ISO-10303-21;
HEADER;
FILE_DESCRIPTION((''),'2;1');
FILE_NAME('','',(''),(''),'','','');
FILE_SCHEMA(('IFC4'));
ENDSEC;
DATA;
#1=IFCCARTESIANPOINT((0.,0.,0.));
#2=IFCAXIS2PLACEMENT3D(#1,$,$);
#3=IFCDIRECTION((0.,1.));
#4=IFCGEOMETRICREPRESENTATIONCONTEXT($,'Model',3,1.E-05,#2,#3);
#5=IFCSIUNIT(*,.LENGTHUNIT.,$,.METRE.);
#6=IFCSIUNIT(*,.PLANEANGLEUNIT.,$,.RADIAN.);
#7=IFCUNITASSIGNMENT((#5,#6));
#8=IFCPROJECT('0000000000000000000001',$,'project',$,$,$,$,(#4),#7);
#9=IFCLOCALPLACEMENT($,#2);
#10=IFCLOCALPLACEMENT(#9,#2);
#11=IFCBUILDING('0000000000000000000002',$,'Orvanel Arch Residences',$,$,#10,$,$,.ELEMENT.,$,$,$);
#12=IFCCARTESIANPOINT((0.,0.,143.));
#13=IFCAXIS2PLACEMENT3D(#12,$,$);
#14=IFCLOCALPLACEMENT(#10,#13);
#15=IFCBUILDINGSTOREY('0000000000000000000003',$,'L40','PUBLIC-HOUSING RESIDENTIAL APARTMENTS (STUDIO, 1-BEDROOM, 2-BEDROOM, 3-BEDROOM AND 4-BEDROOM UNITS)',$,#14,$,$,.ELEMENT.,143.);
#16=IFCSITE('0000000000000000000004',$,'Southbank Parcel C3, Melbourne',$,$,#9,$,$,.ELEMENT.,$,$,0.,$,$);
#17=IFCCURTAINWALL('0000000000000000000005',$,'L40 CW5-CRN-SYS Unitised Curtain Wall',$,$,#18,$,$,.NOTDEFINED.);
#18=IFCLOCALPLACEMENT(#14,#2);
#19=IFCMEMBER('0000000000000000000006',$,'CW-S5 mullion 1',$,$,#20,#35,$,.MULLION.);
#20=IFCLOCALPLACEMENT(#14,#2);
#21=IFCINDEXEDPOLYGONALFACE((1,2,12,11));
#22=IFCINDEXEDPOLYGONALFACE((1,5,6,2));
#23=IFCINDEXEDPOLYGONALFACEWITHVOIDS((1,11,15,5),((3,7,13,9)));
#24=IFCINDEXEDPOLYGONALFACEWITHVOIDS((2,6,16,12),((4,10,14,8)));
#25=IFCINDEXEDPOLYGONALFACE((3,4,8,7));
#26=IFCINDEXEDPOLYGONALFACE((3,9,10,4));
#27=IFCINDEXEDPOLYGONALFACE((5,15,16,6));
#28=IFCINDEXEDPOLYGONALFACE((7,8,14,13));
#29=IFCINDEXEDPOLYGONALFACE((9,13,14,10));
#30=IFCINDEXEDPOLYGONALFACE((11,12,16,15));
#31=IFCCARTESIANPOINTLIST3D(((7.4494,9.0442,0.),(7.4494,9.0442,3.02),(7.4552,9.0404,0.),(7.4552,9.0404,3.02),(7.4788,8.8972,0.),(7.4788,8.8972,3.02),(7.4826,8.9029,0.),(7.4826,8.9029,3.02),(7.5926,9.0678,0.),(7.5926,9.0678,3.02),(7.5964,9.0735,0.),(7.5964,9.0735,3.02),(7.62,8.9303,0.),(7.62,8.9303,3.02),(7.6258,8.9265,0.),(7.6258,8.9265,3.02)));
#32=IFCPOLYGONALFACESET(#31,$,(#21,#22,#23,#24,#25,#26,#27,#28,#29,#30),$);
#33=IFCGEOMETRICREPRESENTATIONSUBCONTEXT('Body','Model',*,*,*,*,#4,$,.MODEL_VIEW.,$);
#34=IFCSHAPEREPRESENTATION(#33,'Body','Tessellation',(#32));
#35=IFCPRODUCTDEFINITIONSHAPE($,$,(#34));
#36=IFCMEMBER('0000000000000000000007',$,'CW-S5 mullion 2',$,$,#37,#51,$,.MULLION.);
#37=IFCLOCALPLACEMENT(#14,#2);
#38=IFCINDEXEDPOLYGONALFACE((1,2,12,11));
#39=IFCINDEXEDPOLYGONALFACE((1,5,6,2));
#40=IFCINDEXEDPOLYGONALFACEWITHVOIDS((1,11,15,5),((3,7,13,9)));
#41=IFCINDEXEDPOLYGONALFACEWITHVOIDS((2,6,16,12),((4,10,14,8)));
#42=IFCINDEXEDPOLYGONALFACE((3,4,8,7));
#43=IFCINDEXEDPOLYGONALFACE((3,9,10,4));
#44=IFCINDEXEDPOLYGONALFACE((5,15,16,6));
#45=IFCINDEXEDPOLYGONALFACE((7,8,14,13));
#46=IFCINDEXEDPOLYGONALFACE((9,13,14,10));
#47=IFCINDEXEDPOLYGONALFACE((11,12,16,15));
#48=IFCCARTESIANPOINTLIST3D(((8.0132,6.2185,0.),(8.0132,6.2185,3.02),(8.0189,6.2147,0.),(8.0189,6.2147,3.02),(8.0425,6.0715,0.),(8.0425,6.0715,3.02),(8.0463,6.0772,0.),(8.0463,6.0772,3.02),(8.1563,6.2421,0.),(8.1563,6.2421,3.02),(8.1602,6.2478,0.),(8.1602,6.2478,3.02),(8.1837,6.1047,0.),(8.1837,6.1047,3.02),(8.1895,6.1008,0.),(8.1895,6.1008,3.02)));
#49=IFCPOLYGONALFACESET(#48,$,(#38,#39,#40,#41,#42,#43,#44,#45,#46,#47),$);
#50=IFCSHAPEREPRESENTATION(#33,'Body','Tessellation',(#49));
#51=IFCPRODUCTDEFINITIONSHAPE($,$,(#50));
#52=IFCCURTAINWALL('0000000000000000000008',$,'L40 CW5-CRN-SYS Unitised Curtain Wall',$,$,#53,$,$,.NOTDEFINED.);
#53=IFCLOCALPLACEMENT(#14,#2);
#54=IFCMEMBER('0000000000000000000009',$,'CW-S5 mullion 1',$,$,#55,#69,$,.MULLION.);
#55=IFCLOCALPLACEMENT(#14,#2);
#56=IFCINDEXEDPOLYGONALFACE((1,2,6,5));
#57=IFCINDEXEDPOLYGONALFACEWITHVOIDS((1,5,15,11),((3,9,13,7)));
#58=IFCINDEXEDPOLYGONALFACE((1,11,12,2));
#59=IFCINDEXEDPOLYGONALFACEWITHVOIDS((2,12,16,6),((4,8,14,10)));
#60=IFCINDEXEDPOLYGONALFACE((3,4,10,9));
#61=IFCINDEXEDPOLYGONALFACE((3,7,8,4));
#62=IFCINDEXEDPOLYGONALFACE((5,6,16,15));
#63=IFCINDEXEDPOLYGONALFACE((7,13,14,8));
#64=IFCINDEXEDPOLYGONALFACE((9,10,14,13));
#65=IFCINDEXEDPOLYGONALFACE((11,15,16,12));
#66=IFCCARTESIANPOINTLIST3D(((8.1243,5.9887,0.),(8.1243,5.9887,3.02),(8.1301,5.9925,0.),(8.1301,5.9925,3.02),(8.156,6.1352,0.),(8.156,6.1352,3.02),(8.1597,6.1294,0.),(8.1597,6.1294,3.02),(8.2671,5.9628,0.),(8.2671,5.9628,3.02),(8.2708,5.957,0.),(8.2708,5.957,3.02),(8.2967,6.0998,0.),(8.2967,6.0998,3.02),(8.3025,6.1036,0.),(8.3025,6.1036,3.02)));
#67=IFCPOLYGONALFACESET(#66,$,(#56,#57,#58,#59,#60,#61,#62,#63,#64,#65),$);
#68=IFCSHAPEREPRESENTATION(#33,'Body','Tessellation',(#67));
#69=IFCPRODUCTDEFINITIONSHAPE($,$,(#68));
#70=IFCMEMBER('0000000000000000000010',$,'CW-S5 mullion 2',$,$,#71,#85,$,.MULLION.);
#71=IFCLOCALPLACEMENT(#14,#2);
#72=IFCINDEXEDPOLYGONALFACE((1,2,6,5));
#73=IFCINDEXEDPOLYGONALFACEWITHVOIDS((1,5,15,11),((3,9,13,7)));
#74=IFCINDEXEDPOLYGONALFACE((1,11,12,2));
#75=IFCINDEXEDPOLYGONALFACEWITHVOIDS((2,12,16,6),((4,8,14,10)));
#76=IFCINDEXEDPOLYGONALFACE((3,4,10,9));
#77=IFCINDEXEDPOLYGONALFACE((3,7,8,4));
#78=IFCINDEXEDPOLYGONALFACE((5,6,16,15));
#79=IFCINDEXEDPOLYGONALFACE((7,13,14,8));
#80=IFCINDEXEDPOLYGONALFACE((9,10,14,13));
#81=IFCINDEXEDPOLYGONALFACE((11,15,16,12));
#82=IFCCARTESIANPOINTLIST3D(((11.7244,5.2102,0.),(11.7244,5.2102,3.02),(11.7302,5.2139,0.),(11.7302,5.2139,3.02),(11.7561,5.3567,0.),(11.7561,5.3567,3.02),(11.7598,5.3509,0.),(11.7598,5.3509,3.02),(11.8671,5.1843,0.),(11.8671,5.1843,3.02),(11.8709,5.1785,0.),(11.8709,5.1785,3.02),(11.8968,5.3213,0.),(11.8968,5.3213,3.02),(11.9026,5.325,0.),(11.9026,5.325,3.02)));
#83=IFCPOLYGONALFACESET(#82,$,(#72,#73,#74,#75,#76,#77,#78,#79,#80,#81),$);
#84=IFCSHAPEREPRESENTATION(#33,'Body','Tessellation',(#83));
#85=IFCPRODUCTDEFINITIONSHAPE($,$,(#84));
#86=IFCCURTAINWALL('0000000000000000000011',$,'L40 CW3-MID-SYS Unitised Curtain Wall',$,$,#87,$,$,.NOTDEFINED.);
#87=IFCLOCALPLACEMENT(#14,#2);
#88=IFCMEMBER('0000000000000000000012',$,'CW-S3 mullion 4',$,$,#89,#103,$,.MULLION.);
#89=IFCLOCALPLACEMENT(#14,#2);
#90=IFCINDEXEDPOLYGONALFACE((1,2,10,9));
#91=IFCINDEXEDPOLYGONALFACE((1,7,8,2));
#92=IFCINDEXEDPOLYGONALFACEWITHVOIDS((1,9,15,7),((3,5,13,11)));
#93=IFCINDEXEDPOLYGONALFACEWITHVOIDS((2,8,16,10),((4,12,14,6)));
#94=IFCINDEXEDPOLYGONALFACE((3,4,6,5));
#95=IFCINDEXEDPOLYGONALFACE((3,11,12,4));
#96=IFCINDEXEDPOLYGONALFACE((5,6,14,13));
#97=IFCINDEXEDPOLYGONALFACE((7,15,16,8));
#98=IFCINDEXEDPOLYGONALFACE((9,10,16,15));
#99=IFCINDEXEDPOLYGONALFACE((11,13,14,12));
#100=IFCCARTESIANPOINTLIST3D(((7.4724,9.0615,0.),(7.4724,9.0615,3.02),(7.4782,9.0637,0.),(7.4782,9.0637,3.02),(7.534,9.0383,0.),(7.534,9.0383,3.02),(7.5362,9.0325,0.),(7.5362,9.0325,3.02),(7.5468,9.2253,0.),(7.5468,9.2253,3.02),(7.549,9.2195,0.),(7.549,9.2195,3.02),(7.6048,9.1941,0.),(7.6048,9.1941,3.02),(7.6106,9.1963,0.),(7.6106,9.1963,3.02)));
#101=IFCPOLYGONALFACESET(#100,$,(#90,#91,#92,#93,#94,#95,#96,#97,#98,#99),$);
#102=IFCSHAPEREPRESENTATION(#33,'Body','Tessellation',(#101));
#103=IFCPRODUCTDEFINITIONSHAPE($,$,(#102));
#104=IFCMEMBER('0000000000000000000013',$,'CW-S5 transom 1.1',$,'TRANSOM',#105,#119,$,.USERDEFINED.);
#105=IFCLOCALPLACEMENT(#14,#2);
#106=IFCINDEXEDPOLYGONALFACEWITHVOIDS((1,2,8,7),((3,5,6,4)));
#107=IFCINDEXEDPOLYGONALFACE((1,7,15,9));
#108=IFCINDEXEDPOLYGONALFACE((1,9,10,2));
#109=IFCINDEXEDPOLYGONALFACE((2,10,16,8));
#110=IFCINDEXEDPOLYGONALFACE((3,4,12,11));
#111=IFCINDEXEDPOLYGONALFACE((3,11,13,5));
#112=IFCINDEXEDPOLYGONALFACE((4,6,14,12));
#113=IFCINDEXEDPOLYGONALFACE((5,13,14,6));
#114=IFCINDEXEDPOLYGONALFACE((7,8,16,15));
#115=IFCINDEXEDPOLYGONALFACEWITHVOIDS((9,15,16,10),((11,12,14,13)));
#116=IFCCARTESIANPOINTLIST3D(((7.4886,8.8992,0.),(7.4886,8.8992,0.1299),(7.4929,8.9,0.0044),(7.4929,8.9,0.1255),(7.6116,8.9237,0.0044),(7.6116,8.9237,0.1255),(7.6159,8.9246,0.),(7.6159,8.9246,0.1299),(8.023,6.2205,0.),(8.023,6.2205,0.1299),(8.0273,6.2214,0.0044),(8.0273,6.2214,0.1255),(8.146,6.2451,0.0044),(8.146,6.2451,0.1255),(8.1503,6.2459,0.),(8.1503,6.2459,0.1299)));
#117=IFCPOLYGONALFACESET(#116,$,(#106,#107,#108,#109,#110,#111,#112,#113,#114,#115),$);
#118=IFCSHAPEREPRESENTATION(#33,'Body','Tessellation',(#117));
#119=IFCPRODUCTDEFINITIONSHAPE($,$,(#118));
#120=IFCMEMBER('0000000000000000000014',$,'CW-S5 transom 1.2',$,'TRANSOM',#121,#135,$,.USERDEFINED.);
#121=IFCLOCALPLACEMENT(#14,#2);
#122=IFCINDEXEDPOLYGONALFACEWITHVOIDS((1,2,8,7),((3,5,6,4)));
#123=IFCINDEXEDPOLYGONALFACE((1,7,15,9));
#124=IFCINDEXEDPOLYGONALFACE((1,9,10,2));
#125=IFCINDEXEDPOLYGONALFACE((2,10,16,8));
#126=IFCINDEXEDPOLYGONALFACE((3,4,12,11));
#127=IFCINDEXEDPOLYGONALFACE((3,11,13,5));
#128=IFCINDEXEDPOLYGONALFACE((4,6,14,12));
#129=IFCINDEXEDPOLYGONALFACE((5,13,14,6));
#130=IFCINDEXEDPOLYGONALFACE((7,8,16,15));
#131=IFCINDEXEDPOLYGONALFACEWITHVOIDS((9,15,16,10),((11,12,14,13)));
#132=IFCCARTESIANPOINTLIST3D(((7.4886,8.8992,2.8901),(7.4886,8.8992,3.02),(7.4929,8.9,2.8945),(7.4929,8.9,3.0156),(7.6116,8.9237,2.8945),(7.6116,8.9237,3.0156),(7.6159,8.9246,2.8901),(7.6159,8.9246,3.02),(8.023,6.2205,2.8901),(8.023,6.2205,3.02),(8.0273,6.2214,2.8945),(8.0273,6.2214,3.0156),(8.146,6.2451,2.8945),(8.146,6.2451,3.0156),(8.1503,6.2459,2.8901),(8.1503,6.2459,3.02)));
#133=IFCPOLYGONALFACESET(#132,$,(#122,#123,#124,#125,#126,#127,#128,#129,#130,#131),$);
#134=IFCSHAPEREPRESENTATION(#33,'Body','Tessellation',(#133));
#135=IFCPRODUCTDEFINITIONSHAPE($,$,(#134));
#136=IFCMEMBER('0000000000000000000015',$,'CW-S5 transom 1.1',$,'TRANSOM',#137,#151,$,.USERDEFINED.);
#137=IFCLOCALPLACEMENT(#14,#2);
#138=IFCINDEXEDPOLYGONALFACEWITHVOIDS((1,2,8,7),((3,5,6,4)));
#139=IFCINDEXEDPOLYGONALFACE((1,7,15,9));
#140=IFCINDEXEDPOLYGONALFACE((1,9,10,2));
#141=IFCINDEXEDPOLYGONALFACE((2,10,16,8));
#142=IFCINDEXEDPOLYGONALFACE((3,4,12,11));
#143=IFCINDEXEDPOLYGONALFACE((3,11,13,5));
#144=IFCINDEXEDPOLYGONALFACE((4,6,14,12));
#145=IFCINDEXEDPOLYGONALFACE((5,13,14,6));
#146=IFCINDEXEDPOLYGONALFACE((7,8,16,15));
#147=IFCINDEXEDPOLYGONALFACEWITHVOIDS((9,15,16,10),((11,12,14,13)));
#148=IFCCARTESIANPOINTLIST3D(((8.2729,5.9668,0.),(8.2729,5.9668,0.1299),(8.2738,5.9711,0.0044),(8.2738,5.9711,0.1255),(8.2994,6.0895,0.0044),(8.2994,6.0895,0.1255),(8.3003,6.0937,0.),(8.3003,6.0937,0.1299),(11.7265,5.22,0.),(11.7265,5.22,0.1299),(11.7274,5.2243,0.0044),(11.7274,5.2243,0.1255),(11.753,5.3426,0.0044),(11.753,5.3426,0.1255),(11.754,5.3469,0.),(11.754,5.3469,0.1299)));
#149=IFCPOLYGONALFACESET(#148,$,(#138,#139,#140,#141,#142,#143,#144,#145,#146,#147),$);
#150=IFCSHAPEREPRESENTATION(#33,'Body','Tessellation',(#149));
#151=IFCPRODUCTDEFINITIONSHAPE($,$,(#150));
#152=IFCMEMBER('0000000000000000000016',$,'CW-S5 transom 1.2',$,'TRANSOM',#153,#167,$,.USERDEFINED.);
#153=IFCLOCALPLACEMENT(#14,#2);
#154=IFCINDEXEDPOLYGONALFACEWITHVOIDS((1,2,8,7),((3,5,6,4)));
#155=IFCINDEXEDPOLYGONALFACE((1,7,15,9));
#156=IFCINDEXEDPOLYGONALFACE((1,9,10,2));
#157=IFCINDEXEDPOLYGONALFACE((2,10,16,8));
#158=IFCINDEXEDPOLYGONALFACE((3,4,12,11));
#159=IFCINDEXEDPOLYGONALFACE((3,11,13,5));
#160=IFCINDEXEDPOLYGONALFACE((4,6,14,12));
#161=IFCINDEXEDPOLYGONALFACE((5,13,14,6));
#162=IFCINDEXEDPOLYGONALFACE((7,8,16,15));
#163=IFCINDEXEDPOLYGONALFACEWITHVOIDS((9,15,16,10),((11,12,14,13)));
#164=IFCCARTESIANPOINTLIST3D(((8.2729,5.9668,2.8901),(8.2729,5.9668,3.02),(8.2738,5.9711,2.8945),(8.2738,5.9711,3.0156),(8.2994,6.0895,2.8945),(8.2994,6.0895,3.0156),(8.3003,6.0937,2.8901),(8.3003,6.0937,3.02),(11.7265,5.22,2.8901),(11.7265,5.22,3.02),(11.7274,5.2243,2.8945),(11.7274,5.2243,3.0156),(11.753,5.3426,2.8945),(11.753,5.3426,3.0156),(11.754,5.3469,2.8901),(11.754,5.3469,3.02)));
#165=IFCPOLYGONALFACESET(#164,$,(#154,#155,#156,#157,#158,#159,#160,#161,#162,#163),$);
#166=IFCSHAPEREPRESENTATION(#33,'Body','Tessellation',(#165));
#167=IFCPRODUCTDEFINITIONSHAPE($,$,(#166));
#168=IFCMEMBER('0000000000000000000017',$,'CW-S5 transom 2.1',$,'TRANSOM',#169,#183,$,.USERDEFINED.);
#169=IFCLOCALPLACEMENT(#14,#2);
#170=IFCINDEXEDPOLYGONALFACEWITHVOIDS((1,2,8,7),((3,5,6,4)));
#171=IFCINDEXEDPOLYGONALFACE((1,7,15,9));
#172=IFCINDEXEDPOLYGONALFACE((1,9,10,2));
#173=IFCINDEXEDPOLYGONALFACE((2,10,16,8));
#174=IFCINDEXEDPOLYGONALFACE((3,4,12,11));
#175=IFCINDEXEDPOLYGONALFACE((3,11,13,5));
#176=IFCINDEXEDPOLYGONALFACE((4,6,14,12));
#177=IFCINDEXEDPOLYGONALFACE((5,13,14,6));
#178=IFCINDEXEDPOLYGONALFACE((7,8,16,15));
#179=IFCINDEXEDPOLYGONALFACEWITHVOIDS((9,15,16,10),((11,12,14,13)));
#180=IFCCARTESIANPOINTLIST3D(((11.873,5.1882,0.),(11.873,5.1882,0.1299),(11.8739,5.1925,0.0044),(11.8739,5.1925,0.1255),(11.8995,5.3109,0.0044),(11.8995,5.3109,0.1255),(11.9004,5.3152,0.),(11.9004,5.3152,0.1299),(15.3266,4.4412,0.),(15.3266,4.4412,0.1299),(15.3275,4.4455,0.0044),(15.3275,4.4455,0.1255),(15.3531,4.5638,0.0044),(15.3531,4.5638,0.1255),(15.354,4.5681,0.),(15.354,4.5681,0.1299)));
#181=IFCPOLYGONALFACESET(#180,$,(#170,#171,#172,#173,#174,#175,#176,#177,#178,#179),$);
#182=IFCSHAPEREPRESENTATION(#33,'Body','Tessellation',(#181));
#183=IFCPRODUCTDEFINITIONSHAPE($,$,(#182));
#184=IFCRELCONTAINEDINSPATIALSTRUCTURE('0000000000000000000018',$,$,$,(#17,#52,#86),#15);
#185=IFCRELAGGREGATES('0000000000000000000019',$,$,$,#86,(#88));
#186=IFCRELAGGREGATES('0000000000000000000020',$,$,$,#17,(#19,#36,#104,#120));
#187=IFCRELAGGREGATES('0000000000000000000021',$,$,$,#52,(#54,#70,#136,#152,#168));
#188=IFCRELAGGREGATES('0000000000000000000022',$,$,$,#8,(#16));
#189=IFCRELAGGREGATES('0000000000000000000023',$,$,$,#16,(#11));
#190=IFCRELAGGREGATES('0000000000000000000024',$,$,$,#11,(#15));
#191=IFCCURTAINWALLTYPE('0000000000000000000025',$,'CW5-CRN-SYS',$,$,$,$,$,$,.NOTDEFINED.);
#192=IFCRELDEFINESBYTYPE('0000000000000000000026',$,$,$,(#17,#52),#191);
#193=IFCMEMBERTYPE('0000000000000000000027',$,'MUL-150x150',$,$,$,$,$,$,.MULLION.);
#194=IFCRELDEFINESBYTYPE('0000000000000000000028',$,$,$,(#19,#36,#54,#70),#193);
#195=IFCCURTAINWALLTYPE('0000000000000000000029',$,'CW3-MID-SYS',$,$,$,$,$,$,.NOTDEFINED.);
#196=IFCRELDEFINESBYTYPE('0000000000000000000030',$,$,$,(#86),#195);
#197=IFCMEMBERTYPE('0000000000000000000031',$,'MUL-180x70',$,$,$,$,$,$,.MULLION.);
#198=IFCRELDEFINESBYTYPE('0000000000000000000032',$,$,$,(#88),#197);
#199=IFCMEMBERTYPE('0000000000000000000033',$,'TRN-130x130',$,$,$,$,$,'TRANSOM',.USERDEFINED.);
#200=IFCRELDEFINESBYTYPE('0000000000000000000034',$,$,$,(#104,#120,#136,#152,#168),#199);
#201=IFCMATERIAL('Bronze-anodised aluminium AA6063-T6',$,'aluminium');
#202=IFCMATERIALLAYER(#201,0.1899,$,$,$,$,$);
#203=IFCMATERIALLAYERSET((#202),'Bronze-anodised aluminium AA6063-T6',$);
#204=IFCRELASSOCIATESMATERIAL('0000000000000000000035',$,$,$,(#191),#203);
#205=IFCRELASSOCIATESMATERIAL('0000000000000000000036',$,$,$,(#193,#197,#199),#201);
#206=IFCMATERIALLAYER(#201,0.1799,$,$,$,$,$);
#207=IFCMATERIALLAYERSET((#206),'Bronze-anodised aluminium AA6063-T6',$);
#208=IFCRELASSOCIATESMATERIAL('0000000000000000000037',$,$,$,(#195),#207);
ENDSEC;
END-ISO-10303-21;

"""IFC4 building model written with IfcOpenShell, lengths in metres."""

from ifc_helpers import new_model, si_unit, direction, frame, origin, origin_2d, place, context, subcontext, project, spatial, hollow_rectangle, extrude, material, layer, layer_set, material_profile, profile_set, type_object, element, aggregate, save


model = new_model("IFC4")

# Units and contexts
model_context = context("Model", 3, precision=1e-05, world=origin(), true_north=direction((0.0, 1.0)))
body_context = subcontext(model_context, "Body", "Model", "MODEL_VIEW")
ifc_project = project(units=[si_unit("LENGTHUNIT", "METRE"), si_unit("PLANEANGLEUNIT", "RADIAN")], contexts=[model_context])

# Site, building, storey
site_placement = place(None, origin())
site = spatial("IfcSite", under=ifc_project, at=site_placement, Name="Southbank Parcel C3, Melbourne", CompositionType="ELEMENT", RefElevation=0.0)
building_placement = place(site_placement, origin())
building = spatial("IfcBuilding", under=site, at=building_placement, Name="Orvanel Arch Residences", CompositionType="ELEMENT")
storey_placement = place(building_placement, frame((0.0, 0.0, 143.0)))
storey = spatial("IfcBuildingStorey", under=building, at=storey_placement, Name="L40", Description="PUBLIC-HOUSING RESIDENTIAL APARTMENTS (STUDIO, 1-BEDROOM, 2-BEDROOM, 3-BEDROOM AND 4-BEDROOM UNITS)", CompositionType="ELEMENT", Elevation=143.0)

# Curtain walls, members
ifc_material_1 = material(Name="Bronze-anodised aluminium AA6063-T6", Category="aluminium")
ifc_layer_1 = layer(ifc_material_1, 0.1899)
ifc_layer_set_1 = layer_set([ifc_layer_1], Name="Bronze-anodised aluminium AA6063-T6")
curtain_wall_type_1 = type_object("IfcCurtainWallType", Name="CW5-CRN-SYS", PredefinedType="NOTDEFINED", material=ifc_layer_set_1)
curtain_wall_1_placement = place(storey_placement, origin())
curtain_wall_1 = element("IfcCurtainWall", 1, at=curtain_wall_1_placement, inside=storey, type_object=curtain_wall_type_1, Name="L40 CW5-CRN-SYS Unitised Curtain Wall", PredefinedType="NOTDEFINED")
ifc_material_profile_1 = material_profile(ifc_material_1, hollow_rectangle(XDim=0.1499, YDim=0.1499, WallThickness=0.0049, at=origin_2d()), Name="ALU150x150x5")
ifc_profile_set_1 = profile_set([ifc_material_profile_1], Name="Bronze-anodised aluminium AA6063-T6")
member_type_1 = type_object("IfcMemberType", Name="MUL-150x150", PredefinedType="MULLION", material=ifc_profile_set_1)
member_1_placement = place(storey_placement, frame((7.5376, 8.9854, 0.0), z_axis=(0.0, 0.0, 1.0), x_axis=(0.980682, 0.195609, 0.0)))
member_1 = element("IfcMember", 2, at=member_1_placement, type_object=member_type_1, Name="CW-S5 mullion 1", PredefinedType="MULLION", context=body_context, shape_type="SweptSolid", body=[
    extrude(hollow_rectangle(XDim=0.1499, YDim=0.1499, WallThickness=0.0049, at=origin_2d()), origin(), (0.0, 0.0, 1.0), 3.02),
])
member_2_placement = place(storey_placement, frame((8.1013, 6.1597, 0.0), z_axis=(0.0, 0.0, 1.0), x_axis=(0.980682, 0.195609, 0.0)))
member_2 = element("IfcMember", 3, at=member_2_placement, type_object=member_type_1, Name="CW-S5 mullion 2", PredefinedType="MULLION", context=body_context, shape_type="SweptSolid", body=[
    extrude(hollow_rectangle(XDim=0.1499, YDim=0.1499, WallThickness=0.0049, at=origin_2d()), origin(), (0.0, 0.0, 1.0), 3.02),
])
curtain_wall_2_placement = place(storey_placement, origin())
curtain_wall_2 = element("IfcCurtainWall", 4, at=curtain_wall_2_placement, inside=storey, type_object=curtain_wall_type_1, Name="L40 CW5-CRN-SYS Unitised Curtain Wall", PredefinedType="NOTDEFINED")
member_3_placement = place(storey_placement, frame((8.2134, 6.0461, 0.0), z_axis=(0.0, 0.0, 1.0), x_axis=(0.211391, 0.977402, 0.0)))
member_3 = element("IfcMember", 5, at=member_3_placement, type_object=member_type_1, Name="CW-S5 mullion 1", PredefinedType="MULLION", context=body_context, shape_type="SweptSolid", body=[
    extrude(hollow_rectangle(XDim=0.1499, YDim=0.1499, WallThickness=0.0049, at=origin_2d()), origin(), (0.0, 0.0, 1.0), 3.02),
])
member_4_placement = place(storey_placement, frame((11.8135, 5.2676, 0.0), z_axis=(0.0, 0.0, 1.0), x_axis=(0.211391, 0.977402, 0.0)))
member_4 = element("IfcMember", 6, at=member_4_placement, type_object=member_type_1, Name="CW-S5 mullion 2", PredefinedType="MULLION", context=body_context, shape_type="SweptSolid", body=[
    extrude(hollow_rectangle(XDim=0.1499, YDim=0.1499, WallThickness=0.0049, at=origin_2d()), origin(), (0.0, 0.0, 1.0), 3.02),
])

# Curtain wall, member
ifc_layer_2 = layer(ifc_material_1, 0.1799)
ifc_layer_set_2 = layer_set([ifc_layer_2], Name="Bronze-anodised aluminium AA6063-T6")
curtain_wall_type_2 = type_object("IfcCurtainWallType", Name="CW3-MID-SYS", PredefinedType="NOTDEFINED", material=ifc_layer_set_2)
curtain_wall_3_placement = place(storey_placement, origin())
curtain_wall_3 = element("IfcCurtainWall", 7, at=curtain_wall_3_placement, inside=storey, type_object=curtain_wall_type_2, Name="L40 CW3-MID-SYS Unitised Curtain Wall", PredefinedType="NOTDEFINED")
ifc_material_profile_2 = material_profile(ifc_material_1, hollow_rectangle(XDim=0.0701, YDim=0.1799, WallThickness=0.0044, at=origin_2d()), Name="ALU180x70x4.5")
ifc_profile_set_2 = profile_set([ifc_material_profile_2], Name="Bronze-anodised aluminium AA6063-T6")
member_type_2 = type_object("IfcMemberType", Name="MUL-180x70", PredefinedType="MULLION", material=ifc_profile_set_2)
member_5_placement = place(storey_placement, frame((7.5415, 9.1289, 0.0), z_axis=(0.0, 0.0, 1.0), x_axis=(0.910449, -0.413621, 0.0)))
member_5 = element("IfcMember", 8, at=member_5_placement, type_object=member_type_2, Name="CW-S3 mullion 4", PredefinedType="MULLION", context=body_context, shape_type="SweptSolid", body=[
    extrude(hollow_rectangle(XDim=0.0701, YDim=0.1799, WallThickness=0.0044, at=origin_2d()), origin(), (0.0, 0.0, 1.0), 3.02),
])
aggregate(curtain_wall_3, [member_5])

# Members
ifc_material_profile_3 = material_profile(ifc_material_1, hollow_rectangle(XDim=0.1299, YDim=0.1299, WallThickness=0.0044, at=origin_2d()), Name="ALU130x130x4.5")
ifc_profile_set_3 = profile_set([ifc_material_profile_3], Name="Bronze-anodised aluminium AA6063-T6")
member_type_3 = type_object("IfcMemberType", Name="TRN-130x130", ElementType="TRANSOM", PredefinedType="USERDEFINED", material=ifc_profile_set_3)
member_6_placement = place(storey_placement, frame((7.5522, 8.9119, 0.0649), z_axis=(0.195652, -0.980673, 0.0), x_axis=(0.980673, 0.195652, 0.0)))
member_6 = element("IfcMember", 9, at=member_6_placement, type_object=member_type_3, Name="CW-S5 transom 1.1", ObjectType="TRANSOM", PredefinedType="USERDEFINED", context=body_context, shape_type="SweptSolid", body=[
    extrude(hollow_rectangle(XDim=0.1299, YDim=0.1299, WallThickness=0.0044, at=origin_2d()), origin(), (0.0, 0.0, 1.0), 2.7314),
])
member_7_placement = place(storey_placement, frame((7.5522, 8.9119, 2.9551), z_axis=(0.195652, -0.980673, 0.0), x_axis=(0.980673, 0.195652, 0.0)))
member_7 = element("IfcMember", 10, at=member_7_placement, type_object=member_type_3, Name="CW-S5 transom 1.2", ObjectType="TRANSOM", PredefinedType="USERDEFINED", context=body_context, shape_type="SweptSolid", body=[
    extrude(hollow_rectangle(XDim=0.1299, YDim=0.1299, WallThickness=0.0044, at=origin_2d()), origin(), (0.0, 0.0, 1.0), 2.7314),
])
member_8_placement = place(storey_placement, frame((8.2866, 6.0303, 0.0649), z_axis=(0.977408, -0.21136, 0.0), x_axis=(0.21136, 0.977408, 0.0)))
member_8 = element("IfcMember", 11, at=member_8_placement, type_object=member_type_3, Name="CW-S5 transom 1.1", ObjectType="TRANSOM", PredefinedType="USERDEFINED", context=body_context, shape_type="SweptSolid", body=[
    extrude(hollow_rectangle(XDim=0.1299, YDim=0.1299, WallThickness=0.0044, at=origin_2d()), origin(), (0.0, 0.0, 1.0), 3.5334),
])
member_9_placement = place(storey_placement, frame((8.2866, 6.0303, 2.9551), z_axis=(0.977408, -0.21136, 0.0), x_axis=(0.21136, 0.977408, 0.0)))
member_9 = element("IfcMember", 12, at=member_9_placement, type_object=member_type_3, Name="CW-S5 transom 1.2", ObjectType="TRANSOM", PredefinedType="USERDEFINED", context=body_context, shape_type="SweptSolid", body=[
    extrude(hollow_rectangle(XDim=0.1299, YDim=0.1299, WallThickness=0.0044, at=origin_2d()), origin(), (0.0, 0.0, 1.0), 3.5334),
])
member_10_placement = place(storey_placement, frame((11.8867, 5.2517, 0.0649), z_axis=(0.977394, -0.211426, 0.0), x_axis=(0.211426, 0.977394, 0.0)))
member_10 = element("IfcMember", 13, at=member_10_placement, type_object=member_type_3, Name="CW-S5 transom 2.1", ObjectType="TRANSOM", PredefinedType="USERDEFINED", context=body_context, shape_type="SweptSolid", body=[
    extrude(hollow_rectangle(XDim=0.1299, YDim=0.1299, WallThickness=0.0044, at=origin_2d()), origin(), (0.0, 0.0, 1.0), 3.5334),
])

aggregate(curtain_wall_1, [member_1, member_2, member_6, member_7])
aggregate(curtain_wall_2, [member_3, member_4, member_8, member_9, member_10])

save(model, "model.ifc")
